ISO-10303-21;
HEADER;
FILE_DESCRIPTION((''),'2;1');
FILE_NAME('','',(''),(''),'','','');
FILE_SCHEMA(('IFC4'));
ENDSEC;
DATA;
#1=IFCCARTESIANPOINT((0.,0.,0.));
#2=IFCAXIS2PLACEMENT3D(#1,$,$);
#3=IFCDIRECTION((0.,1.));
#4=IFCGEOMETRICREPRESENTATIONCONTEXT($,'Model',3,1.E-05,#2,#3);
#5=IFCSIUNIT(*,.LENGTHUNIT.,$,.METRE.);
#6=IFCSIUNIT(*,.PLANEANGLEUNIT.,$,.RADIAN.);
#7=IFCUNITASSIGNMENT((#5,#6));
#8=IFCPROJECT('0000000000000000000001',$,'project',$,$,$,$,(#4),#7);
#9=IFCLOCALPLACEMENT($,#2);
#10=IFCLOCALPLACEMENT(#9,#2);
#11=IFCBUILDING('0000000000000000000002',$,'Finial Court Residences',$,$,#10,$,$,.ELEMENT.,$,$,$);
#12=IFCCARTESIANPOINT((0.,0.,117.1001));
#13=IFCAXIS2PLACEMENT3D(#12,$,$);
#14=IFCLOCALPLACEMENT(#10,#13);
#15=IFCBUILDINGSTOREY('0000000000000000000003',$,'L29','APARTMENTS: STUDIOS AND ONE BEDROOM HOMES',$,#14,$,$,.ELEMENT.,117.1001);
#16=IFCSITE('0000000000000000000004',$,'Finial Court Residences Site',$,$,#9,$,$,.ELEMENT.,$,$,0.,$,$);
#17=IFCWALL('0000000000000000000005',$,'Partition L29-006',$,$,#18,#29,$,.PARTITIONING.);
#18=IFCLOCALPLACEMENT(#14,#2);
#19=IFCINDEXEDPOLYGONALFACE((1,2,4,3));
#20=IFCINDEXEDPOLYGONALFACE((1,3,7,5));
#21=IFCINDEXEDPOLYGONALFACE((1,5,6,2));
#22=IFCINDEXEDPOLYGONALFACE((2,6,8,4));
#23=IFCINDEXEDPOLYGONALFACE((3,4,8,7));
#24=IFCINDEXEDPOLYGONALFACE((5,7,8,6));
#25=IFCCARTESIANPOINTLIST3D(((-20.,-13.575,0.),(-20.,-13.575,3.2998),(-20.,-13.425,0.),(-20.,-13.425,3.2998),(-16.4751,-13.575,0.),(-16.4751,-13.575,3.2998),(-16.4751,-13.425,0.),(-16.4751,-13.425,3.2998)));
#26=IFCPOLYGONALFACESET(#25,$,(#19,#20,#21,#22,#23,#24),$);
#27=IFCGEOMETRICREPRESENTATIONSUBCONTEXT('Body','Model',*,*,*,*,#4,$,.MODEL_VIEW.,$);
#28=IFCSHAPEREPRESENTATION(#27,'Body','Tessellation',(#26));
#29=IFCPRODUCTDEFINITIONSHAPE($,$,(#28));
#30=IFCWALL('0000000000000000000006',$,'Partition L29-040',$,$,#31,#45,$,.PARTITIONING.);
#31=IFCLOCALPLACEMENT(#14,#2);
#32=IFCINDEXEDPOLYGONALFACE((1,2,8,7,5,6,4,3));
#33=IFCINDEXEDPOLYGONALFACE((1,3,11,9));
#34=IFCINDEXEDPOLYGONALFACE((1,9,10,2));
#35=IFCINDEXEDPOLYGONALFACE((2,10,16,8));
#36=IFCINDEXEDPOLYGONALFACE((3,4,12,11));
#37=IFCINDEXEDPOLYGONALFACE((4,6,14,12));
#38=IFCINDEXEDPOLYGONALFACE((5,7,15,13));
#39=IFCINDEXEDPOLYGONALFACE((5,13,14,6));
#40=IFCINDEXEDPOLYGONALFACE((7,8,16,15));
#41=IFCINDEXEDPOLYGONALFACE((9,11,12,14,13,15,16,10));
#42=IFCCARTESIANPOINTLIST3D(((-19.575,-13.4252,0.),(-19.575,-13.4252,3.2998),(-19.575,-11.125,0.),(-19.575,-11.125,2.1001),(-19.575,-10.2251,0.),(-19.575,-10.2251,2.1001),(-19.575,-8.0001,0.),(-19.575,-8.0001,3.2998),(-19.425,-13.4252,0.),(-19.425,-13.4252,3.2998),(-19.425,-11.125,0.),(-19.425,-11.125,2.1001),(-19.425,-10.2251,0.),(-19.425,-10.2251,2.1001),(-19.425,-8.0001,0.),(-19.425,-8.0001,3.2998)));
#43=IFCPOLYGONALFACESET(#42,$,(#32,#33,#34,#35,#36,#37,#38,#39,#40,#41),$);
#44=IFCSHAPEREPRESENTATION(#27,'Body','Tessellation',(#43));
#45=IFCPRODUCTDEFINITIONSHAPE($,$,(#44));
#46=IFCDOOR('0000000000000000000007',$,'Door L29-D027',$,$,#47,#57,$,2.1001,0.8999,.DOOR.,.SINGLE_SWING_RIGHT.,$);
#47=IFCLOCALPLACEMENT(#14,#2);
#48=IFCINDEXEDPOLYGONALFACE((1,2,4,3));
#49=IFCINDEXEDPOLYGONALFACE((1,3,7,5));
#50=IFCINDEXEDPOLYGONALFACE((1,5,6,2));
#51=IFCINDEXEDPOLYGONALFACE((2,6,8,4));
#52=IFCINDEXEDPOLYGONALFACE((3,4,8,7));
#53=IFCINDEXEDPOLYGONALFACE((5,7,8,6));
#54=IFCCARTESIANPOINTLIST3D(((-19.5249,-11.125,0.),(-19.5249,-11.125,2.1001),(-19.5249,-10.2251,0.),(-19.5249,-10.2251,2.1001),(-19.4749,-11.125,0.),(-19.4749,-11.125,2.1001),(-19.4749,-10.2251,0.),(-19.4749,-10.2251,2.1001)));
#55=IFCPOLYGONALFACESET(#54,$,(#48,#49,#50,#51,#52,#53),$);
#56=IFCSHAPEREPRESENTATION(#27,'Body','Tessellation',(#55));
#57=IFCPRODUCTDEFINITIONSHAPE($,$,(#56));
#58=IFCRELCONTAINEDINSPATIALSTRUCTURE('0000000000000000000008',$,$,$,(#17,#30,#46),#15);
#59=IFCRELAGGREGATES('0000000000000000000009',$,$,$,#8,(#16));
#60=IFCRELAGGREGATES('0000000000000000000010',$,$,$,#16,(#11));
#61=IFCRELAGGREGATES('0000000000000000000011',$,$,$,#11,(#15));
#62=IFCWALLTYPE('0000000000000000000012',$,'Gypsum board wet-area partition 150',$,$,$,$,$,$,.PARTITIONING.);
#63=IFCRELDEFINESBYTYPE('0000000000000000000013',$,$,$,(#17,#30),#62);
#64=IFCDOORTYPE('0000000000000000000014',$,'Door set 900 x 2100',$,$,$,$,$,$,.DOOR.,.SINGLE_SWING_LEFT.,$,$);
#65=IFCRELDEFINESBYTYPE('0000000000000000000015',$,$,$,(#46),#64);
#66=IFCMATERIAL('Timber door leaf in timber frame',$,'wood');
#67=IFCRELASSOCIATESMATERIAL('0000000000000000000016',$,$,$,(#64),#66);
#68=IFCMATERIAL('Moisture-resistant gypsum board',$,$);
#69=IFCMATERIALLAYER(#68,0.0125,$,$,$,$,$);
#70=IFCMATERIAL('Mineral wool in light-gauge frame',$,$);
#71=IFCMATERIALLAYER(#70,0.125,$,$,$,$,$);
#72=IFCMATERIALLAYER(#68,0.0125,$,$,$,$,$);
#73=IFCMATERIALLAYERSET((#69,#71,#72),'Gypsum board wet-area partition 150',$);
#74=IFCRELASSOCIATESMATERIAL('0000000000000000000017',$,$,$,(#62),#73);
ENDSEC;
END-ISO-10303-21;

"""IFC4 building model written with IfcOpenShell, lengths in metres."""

from ifc_helpers import new_model, si_unit, direction, frame, frame_2d, origin, place, context, subcontext, project, spatial, rectangle, extrude, material, layer, layer_set, type_object, element, fill, save


model = new_model("IFC4")

# Units and contexts
model_context = context("Model", 3, precision=1e-05, world=origin(), true_north=direction((0.0, 1.0)))
body_context = subcontext(model_context, "Body", "Model", "MODEL_VIEW")
ifc_project = project(units=[si_unit("LENGTHUNIT", "METRE"), si_unit("PLANEANGLEUNIT", "RADIAN")], contexts=[model_context])

# Site, building, storey
site_placement = place(None, origin())
site = spatial("IfcSite", under=ifc_project, at=site_placement, Name="Finial Court Residences Site", CompositionType="ELEMENT", RefElevation=0.0)
building_placement = place(site_placement, origin())
building = spatial("IfcBuilding", under=site, at=building_placement, Name="Finial Court Residences", CompositionType="ELEMENT")
storey_placement = place(building_placement, frame((0.0, 0.0, 117.1001)))
storey = spatial("IfcBuildingStorey", under=building, at=storey_placement, Name="L29", Description="APARTMENTS: STUDIOS AND ONE BEDROOM HOMES", CompositionType="ELEMENT", Elevation=117.1001)

# Shared definitions
ifc_material_1 = material(Name="Mineral wool in light-gauge frame")
ifc_material_2 = material(Name="Timber door leaf in timber frame", Category="wood")
door_type_1 = type_object("IfcDoorType", Name="Door set 900 x 2100", OperationType="SINGLE_SWING_LEFT", PredefinedType="DOOR", material=ifc_material_2)

# Wall
ifc_material_3 = material(Name="Moisture-resistant gypsum board")
ifc_layer_1 = layer(ifc_material_3, 0.0125)
ifc_layer_2 = layer(ifc_material_1, 0.125)
ifc_layer_3 = layer(ifc_material_3, 0.0125)
ifc_layer_set_1 = layer_set([ifc_layer_1, ifc_layer_2, ifc_layer_3], Name="Gypsum board wet-area partition 150")
wall_type_1 = type_object("IfcWallType", Name="Gypsum board wet-area partition 150", PredefinedType="PARTITIONING", material=ifc_layer_set_1)
wall_1_placement = place(storey_placement, frame((-20.0, -13.5, 0.0), z_axis=(0.0, 0.0, 1.0), x_axis=(1.0, 0.0, 0.0)))
element("IfcWall", 1, at=wall_1_placement, inside=storey, type_object=wall_type_1, Name="Partition L29-006", PredefinedType="PARTITIONING", context=body_context, shape_type="SweptSolid", body=[
    extrude(rectangle(XDim=3.5249, YDim=0.1499, at=frame_2d((1.7625, 0.0))), origin(), (0.0, 0.0, 1.0), 3.2998),
])

# Wall, opening, door
wall_2_placement = place(storey_placement, frame((-19.5, -13.425, 0.0), z_axis=(0.0, 0.0, 1.0), x_axis=(0.0, 1.0, 0.0)))
wall_2 = element("IfcWall", 2, at=wall_2_placement, inside=storey, type_object=wall_type_1, Name="Partition L29-040", PredefinedType="PARTITIONING", context=body_context, shape_type="SweptSolid", body=[
    extrude(rectangle(XDim=5.425, YDim=0.1499, at=frame_2d((2.7124, 0.0))), origin(), (0.0, 0.0, 1.0), 3.2998),
])
opening_1_placement = place(wall_2_placement, frame((2.3, 0.0, 0.0)))
opening_1 = element("IfcOpeningElement", 3, at=opening_1_placement, cuts=wall_2, PredefinedType="OPENING", context=body_context, shape_type="SweptSolid", body=[
    extrude(rectangle(XDim=0.8999, YDim=2.1001, at=frame_2d((0.45, 1.05))), frame((0.0, 0.085, 0.0), z_axis=(0.0, -1.0, 0.0), x_axis=(1.0, 0.0, 0.0)), (0.0, 0.0, 1.0), 0.1699),
])
door_1_placement = place(opening_1_placement, origin())
door_1 = element("IfcDoor", 4, at=door_1_placement, inside=storey, type_object=door_type_1, Name="Door L29-D027", OperationType="SINGLE_SWING_RIGHT", OverallHeight=2.1001, OverallWidth=0.8999, PredefinedType="DOOR", context=body_context, shape_type="SweptSolid", body=[
    extrude(rectangle(XDim=0.8999, YDim=2.1001, at=frame_2d((0.45, 1.05))), frame((0.0, 0.0249, 0.0), z_axis=(0.0, -1.0, 0.0), x_axis=(1.0, 0.0, 0.0)), (0.0, 0.0, 1.0), 0.05),
])
fill(opening_1, door_1)

save(model, "model.ifc")
